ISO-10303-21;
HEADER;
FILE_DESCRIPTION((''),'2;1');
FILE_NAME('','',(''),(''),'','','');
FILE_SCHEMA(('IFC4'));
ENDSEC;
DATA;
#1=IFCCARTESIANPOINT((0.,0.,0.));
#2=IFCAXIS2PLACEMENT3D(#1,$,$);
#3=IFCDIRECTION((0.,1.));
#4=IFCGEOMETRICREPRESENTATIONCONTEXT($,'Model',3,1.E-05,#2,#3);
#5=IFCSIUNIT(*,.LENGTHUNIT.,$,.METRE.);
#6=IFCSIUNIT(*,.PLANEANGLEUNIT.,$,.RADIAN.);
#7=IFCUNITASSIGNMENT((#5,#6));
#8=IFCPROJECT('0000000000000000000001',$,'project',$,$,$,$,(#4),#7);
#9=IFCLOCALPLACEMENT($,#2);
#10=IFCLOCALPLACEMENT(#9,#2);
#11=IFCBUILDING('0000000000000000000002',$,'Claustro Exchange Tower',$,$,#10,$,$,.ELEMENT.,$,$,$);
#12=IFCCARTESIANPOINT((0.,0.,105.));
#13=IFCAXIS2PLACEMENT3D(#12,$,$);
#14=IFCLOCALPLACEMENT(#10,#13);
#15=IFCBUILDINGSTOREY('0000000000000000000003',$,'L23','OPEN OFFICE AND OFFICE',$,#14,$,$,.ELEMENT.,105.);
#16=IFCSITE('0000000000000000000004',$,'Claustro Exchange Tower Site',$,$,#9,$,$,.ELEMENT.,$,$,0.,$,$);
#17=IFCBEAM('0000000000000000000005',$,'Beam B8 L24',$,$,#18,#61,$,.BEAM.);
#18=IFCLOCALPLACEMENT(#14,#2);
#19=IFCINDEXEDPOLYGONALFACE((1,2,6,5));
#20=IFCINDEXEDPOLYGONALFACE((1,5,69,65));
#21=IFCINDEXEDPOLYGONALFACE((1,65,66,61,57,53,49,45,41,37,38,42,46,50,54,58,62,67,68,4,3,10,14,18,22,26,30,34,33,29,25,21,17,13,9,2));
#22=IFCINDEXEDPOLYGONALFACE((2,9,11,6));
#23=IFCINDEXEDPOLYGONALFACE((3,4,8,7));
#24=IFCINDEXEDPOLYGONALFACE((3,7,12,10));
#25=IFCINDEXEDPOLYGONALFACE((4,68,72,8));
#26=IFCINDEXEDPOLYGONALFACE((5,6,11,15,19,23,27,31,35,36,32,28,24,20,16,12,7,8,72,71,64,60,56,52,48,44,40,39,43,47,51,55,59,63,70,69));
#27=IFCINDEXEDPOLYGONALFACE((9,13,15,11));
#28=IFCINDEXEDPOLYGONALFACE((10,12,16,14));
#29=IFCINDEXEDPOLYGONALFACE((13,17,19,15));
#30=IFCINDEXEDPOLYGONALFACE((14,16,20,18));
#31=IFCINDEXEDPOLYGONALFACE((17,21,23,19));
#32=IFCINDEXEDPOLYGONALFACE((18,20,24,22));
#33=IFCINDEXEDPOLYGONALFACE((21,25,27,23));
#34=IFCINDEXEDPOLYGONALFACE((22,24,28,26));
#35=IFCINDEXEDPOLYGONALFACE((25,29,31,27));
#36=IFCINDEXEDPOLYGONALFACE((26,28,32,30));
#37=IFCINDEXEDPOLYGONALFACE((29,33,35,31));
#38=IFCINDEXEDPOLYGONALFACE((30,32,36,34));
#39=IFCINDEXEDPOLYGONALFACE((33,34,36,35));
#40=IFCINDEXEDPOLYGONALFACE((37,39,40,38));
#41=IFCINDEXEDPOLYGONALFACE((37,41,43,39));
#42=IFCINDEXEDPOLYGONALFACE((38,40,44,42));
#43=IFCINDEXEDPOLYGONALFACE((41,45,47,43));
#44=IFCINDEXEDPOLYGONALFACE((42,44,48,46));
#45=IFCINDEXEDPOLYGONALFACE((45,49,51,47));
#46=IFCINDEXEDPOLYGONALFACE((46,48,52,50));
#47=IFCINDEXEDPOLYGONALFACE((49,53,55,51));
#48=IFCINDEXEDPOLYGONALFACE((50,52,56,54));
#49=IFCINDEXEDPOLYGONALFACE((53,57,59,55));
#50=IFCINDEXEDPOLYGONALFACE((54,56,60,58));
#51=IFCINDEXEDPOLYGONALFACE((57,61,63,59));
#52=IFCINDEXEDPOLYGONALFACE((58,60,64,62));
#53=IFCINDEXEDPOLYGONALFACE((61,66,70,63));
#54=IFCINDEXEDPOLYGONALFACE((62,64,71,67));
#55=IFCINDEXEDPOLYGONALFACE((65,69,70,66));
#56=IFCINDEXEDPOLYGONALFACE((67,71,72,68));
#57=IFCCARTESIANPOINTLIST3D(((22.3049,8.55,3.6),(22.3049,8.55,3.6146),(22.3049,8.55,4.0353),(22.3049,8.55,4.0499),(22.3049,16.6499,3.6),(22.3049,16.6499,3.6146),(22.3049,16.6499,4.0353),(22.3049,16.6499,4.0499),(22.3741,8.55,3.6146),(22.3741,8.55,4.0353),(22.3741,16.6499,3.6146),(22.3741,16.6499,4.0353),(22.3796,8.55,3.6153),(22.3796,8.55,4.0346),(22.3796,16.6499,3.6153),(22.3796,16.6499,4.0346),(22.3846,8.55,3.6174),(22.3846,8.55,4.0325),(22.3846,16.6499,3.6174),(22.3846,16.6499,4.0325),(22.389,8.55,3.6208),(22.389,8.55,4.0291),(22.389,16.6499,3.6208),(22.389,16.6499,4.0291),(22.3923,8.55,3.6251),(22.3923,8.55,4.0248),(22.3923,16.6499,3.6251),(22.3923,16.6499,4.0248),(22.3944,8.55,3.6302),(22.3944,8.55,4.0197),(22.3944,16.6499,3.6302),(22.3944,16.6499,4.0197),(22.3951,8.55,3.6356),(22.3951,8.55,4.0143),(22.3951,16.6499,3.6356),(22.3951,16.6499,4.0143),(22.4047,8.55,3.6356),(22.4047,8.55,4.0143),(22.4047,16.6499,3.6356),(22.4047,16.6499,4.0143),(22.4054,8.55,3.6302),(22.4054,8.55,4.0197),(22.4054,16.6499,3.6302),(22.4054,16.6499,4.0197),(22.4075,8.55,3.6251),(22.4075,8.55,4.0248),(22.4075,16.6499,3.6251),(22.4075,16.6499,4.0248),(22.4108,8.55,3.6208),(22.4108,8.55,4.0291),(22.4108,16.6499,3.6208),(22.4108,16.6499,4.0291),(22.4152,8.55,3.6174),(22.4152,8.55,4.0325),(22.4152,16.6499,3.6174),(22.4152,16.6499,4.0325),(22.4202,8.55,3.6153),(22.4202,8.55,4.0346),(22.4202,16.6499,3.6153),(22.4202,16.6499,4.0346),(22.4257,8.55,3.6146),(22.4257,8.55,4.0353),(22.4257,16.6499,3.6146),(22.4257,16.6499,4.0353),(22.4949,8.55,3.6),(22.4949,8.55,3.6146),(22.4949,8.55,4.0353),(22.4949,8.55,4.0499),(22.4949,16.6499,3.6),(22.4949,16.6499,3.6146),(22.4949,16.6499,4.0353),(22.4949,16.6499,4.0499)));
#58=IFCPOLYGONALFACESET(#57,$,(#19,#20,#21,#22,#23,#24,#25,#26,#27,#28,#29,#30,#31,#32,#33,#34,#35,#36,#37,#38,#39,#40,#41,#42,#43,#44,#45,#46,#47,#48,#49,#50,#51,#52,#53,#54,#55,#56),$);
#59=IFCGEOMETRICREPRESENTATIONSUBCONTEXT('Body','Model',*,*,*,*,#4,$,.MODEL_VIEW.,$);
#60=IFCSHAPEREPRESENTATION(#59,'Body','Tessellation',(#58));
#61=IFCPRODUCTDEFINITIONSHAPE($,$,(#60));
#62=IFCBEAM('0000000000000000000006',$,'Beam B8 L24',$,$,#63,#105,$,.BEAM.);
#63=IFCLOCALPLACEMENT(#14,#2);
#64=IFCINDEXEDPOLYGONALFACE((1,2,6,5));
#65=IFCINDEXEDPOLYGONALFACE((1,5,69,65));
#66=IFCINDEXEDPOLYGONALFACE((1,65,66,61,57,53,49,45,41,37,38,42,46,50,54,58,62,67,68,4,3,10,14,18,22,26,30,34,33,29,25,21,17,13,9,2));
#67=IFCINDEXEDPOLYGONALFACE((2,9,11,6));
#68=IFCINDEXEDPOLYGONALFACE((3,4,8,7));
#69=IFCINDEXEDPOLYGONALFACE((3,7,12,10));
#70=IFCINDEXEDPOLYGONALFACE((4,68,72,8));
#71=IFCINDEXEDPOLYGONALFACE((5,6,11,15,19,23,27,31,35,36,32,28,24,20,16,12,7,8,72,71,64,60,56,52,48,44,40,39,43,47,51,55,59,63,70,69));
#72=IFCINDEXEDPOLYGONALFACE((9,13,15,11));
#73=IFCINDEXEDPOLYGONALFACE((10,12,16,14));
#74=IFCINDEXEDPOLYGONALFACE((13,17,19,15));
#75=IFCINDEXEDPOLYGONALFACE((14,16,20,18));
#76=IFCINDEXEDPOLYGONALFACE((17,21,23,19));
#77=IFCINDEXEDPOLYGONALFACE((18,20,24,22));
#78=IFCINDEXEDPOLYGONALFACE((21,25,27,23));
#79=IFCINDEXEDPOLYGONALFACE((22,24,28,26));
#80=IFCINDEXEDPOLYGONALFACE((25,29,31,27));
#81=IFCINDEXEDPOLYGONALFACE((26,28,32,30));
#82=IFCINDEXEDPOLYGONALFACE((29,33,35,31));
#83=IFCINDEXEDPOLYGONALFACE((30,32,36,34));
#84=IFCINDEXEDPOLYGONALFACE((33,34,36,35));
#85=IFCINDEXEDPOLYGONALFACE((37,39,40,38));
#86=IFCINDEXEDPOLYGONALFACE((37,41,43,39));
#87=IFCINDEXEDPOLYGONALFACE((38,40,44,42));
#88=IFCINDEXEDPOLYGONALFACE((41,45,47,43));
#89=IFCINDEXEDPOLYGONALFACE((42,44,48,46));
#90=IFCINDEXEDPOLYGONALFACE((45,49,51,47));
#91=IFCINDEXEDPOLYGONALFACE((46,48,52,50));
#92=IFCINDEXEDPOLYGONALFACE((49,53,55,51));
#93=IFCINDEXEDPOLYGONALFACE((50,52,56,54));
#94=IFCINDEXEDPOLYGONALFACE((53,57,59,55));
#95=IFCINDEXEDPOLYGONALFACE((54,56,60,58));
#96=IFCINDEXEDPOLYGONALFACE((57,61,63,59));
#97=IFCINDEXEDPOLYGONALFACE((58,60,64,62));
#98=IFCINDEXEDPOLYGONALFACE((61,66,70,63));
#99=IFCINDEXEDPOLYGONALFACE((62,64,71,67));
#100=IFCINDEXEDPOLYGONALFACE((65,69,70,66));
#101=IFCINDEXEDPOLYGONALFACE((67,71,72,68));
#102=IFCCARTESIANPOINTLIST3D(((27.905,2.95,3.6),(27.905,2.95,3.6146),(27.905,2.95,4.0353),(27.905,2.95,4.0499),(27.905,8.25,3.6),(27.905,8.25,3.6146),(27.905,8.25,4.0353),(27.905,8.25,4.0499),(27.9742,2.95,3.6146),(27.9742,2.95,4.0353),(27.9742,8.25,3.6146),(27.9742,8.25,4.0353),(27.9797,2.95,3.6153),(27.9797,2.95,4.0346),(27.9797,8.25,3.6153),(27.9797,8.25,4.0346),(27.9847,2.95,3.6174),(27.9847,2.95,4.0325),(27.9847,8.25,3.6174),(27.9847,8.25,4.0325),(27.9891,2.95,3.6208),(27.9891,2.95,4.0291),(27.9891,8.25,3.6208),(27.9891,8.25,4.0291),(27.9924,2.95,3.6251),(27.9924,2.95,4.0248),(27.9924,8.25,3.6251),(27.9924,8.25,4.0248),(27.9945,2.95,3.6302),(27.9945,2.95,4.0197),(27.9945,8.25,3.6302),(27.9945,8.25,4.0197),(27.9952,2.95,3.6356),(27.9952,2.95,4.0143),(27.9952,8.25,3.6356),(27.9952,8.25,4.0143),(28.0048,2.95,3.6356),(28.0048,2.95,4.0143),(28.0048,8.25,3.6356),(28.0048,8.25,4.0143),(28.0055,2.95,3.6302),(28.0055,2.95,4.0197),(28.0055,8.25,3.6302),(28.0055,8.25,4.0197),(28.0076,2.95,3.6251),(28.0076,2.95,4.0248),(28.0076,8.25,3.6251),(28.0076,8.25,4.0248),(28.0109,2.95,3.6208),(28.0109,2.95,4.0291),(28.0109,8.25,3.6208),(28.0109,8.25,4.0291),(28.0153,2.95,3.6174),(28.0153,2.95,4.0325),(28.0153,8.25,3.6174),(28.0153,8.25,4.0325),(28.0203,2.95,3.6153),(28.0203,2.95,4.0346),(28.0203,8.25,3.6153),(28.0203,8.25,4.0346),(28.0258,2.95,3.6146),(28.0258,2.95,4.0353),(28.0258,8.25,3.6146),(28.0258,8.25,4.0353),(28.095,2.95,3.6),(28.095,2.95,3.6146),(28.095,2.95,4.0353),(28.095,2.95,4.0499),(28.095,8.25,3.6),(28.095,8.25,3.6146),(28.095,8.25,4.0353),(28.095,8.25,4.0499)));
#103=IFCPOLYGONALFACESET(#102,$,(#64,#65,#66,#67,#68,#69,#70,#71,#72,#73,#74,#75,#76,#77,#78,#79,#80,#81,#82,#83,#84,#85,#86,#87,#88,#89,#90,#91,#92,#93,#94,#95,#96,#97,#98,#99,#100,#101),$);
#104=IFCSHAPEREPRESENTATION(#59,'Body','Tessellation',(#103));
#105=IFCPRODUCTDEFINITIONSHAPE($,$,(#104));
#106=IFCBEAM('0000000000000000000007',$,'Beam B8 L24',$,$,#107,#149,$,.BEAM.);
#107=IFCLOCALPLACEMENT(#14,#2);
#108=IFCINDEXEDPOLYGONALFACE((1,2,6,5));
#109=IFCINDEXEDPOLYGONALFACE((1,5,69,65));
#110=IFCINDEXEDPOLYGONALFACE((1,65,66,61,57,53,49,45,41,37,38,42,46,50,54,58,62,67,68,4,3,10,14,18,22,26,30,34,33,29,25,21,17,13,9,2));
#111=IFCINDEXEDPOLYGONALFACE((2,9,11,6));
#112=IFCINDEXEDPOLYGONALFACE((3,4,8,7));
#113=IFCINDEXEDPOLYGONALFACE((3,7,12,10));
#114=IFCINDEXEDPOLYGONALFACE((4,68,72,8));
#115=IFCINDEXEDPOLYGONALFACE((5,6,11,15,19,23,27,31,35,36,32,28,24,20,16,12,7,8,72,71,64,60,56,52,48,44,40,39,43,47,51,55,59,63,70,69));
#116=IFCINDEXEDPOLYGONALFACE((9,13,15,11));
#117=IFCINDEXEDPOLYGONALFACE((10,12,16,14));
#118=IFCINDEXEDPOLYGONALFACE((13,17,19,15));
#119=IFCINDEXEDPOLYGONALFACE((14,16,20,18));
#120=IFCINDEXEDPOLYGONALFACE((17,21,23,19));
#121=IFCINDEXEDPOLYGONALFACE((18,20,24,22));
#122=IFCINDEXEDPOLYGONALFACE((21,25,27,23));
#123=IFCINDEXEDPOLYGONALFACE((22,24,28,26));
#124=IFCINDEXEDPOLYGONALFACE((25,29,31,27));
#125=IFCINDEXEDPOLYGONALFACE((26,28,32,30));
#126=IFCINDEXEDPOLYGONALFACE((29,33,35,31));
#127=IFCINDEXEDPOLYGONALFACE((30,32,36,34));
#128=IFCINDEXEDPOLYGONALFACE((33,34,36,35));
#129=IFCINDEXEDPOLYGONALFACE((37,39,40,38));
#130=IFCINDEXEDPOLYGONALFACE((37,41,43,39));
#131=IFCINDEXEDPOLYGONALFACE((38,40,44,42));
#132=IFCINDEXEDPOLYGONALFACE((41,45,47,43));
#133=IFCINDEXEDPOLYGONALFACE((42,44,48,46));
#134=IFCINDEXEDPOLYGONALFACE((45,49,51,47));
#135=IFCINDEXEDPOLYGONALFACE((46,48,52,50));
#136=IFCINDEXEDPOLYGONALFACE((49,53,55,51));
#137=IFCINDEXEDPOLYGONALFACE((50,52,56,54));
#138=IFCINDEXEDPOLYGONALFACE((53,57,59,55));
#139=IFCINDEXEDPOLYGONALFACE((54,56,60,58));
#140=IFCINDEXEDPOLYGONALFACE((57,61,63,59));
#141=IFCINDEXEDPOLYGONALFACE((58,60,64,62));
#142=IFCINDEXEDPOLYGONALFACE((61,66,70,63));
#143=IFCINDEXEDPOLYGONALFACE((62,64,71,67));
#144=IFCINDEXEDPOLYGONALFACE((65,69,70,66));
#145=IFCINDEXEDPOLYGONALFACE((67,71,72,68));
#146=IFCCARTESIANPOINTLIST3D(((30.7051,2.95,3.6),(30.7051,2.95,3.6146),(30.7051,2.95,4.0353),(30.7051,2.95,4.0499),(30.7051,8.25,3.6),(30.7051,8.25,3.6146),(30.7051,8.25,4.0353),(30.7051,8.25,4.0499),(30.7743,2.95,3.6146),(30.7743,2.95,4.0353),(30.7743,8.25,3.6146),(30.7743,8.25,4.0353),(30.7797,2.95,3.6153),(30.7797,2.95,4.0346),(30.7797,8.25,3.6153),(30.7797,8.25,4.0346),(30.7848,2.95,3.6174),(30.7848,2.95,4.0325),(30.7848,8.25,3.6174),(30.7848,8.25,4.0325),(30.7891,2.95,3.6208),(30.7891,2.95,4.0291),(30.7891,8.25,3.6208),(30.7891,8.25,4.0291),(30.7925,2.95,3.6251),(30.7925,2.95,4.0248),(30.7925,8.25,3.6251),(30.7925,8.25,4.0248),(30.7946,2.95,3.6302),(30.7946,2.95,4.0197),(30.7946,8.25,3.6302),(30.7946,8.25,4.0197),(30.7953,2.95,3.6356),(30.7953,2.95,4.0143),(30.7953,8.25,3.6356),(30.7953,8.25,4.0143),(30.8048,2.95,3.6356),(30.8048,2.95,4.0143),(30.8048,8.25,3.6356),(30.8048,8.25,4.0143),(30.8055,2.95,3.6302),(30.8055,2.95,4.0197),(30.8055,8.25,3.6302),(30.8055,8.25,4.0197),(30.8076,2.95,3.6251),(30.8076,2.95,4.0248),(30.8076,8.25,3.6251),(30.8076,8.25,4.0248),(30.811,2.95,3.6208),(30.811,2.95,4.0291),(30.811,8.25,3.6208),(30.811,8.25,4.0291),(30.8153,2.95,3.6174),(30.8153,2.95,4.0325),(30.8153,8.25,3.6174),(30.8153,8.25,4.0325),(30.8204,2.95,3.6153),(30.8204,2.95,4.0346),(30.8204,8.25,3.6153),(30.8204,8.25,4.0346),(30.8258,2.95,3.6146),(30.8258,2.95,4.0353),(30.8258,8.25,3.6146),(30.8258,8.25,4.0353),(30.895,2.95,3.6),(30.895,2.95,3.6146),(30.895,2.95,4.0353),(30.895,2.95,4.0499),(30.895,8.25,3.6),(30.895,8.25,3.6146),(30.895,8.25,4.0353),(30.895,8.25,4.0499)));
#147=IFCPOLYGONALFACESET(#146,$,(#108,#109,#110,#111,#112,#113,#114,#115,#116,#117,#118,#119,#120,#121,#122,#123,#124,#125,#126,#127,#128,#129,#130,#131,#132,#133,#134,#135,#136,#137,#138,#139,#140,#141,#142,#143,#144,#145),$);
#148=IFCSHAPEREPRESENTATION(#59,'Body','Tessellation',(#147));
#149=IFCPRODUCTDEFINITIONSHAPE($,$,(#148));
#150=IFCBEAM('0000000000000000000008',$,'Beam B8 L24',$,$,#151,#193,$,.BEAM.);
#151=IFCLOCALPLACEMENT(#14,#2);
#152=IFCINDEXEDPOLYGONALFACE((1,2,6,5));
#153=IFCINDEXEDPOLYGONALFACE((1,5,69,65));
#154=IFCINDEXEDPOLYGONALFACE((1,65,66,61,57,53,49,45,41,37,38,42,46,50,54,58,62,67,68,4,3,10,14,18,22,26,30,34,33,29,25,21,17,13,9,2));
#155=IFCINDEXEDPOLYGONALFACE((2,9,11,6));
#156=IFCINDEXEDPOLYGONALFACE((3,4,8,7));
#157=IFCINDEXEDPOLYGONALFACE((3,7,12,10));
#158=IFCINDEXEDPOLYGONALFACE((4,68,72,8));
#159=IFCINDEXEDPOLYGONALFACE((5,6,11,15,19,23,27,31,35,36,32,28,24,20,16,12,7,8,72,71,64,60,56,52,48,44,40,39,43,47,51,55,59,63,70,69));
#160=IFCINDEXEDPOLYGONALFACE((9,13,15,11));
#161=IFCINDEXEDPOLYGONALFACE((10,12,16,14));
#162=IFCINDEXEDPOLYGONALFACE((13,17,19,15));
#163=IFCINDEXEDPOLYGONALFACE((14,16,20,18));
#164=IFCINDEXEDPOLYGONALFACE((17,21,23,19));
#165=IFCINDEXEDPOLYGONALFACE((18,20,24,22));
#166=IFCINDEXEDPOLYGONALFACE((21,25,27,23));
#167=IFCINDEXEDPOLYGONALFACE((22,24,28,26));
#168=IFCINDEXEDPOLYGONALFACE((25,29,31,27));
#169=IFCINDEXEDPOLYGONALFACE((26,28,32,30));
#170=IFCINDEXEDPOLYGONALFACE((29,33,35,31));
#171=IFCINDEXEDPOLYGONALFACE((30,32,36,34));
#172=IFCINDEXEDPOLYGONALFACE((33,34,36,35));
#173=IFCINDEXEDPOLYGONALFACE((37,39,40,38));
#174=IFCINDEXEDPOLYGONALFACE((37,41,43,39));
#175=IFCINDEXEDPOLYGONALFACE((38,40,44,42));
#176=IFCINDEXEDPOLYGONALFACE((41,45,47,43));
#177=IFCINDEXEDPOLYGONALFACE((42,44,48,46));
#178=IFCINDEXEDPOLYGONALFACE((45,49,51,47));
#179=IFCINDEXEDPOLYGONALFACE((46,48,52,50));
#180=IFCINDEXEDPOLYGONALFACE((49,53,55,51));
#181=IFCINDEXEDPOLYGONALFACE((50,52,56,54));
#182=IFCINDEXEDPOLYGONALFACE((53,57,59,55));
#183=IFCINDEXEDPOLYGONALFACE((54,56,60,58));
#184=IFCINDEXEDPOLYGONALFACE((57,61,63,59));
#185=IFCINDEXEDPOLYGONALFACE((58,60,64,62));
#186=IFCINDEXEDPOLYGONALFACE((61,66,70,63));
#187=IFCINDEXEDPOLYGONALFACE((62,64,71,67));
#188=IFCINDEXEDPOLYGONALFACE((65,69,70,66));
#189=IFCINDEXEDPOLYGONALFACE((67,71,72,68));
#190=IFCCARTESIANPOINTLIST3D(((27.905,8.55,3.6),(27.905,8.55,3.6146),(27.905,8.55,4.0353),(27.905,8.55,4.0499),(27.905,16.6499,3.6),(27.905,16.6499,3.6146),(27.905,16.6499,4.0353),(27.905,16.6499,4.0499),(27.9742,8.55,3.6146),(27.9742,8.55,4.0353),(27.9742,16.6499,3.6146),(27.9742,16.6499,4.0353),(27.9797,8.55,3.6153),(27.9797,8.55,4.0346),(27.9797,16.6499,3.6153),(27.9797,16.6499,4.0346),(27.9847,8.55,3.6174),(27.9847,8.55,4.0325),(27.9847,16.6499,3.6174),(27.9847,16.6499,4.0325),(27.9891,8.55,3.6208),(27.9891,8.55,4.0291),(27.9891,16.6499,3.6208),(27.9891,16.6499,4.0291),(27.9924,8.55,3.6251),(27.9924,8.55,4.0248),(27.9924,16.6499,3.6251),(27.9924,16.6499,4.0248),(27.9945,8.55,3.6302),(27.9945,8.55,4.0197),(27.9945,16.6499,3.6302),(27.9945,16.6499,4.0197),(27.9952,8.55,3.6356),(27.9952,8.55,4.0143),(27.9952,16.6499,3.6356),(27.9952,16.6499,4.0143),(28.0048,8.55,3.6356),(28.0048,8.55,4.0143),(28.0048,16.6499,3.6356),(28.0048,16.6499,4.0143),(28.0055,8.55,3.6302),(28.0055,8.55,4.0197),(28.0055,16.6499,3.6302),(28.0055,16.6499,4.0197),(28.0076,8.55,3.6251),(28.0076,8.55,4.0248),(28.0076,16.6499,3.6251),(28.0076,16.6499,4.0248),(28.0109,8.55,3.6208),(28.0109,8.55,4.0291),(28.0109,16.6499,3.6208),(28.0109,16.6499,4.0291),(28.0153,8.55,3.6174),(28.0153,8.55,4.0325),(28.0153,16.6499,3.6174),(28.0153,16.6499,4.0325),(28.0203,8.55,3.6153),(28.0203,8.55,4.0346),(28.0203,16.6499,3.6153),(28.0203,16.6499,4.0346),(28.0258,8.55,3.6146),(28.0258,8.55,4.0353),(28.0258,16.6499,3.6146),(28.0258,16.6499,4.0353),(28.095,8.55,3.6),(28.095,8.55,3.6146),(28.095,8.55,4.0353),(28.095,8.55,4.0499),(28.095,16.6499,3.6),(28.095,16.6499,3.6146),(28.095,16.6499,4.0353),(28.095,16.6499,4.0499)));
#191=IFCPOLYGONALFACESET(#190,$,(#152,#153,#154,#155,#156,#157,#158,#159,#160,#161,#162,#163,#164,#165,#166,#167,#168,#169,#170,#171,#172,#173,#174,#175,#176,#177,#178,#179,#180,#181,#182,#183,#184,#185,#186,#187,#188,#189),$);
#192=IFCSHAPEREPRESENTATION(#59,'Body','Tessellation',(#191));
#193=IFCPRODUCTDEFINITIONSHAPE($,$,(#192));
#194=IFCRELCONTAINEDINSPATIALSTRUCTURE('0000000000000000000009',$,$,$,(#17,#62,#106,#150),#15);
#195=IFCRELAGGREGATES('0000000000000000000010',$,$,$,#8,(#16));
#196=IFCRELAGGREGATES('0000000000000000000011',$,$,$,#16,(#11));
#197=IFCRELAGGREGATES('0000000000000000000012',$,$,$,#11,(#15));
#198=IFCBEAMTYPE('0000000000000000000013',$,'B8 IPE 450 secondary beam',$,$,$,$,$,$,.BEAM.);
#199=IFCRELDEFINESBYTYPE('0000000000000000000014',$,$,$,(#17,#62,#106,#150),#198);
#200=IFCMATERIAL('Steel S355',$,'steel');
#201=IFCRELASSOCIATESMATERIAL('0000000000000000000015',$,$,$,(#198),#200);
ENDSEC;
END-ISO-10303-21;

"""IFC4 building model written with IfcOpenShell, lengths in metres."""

from ifc_helpers import new_model, si_unit, direction, frame, origin, origin_2d, place, context, subcontext, project, spatial, i_section, extrude, material, material_profile, profile_set, type_object, element, save


model = new_model("IFC4")

# Units and contexts
model_context = context("Model", 3, precision=1e-05, world=origin(), true_north=direction((0.0, 1.0)))
body_context = subcontext(model_context, "Body", "Model", "MODEL_VIEW")
ifc_project = project(units=[si_unit("LENGTHUNIT", "METRE"), si_unit("PLANEANGLEUNIT", "RADIAN")], contexts=[model_context])

# Site, building, storey
site_placement = place(None, origin())
site = spatial("IfcSite", under=ifc_project, at=site_placement, Name="Claustro Exchange Tower Site", CompositionType="ELEMENT", RefElevation=0.0)
building_placement = place(site_placement, origin())
building = spatial("IfcBuilding", under=site, at=building_placement, Name="Claustro Exchange Tower", CompositionType="ELEMENT")
storey_placement = place(building_placement, frame((0.0, 0.0, 105.0)))
storey = spatial("IfcBuildingStorey", under=building, at=storey_placement, Name="L23", Description="OPEN OFFICE AND OFFICE", CompositionType="ELEMENT", Elevation=105.0)

# Beams
ifc_material_1 = material(Name="Steel S355", Category="steel")
ifc_material_profile_1 = material_profile(ifc_material_1, i_section(OverallWidth=0.1899, OverallDepth=0.45, WebThickness=0.0095, FlangeThickness=0.0146, FilletRadius=0.021, at=origin_2d()), Name="IPE 450")
ifc_profile_set_1 = profile_set([ifc_material_profile_1], Name="Steel S355")
beam_type_1 = type_object("IfcBeamType", Name="B8 IPE 450 secondary beam", PredefinedType="BEAM", material=ifc_profile_set_1)
for number, where, z_axis, x_axis, name in (
    (1, (22.3999, 8.55, 3.825), (0.0, 1.0, 0.0), (-1.0, 0.0, 0.0), "Beam B8 L24"),
):
    element("IfcBeam", number, at=place(storey_placement, frame(where, z_axis=z_axis, x_axis=x_axis)), inside=storey, type_object=beam_type_1, Name=name, PredefinedType="BEAM", context=body_context, shape_type="SweptSolid", body=[
        extrude(i_section(OverallWidth=0.1899, OverallDepth=0.45, WebThickness=0.0095, FlangeThickness=0.0146, FilletRadius=0.021, at=origin_2d()), origin(), (0.0, 0.0, 1.0), 8.0999),
    ])
for number, where, z_axis, x_axis, name in (
    (2, (28.0, 2.95, 3.825), (0.0, 1.0, 0.0), (-1.0, 0.0, 0.0), "Beam B8 L24"),
    (3, (30.8, 2.95, 3.825), (0.0, 1.0, 0.0), (-1.0, 0.0, 0.0), "Beam B8 L24"),
):
    element("IfcBeam", number, at=place(storey_placement, frame(where, z_axis=z_axis, x_axis=x_axis)), inside=storey, type_object=beam_type_1, Name=name, PredefinedType="BEAM", context=body_context, shape_type="SweptSolid", body=[
        extrude(i_section(OverallWidth=0.1899, OverallDepth=0.45, WebThickness=0.0095, FlangeThickness=0.0146, FilletRadius=0.021, at=origin_2d()), origin(), (0.0, 0.0, 1.0), 5.3),
    ])
for number, where, z_axis, x_axis, name in (
    (4, (28.0, 8.55, 3.825), (0.0, 1.0, 0.0), (-1.0, 0.0, 0.0), "Beam B8 L24"),
):
    element("IfcBeam", number, at=place(storey_placement, frame(where, z_axis=z_axis, x_axis=x_axis)), inside=storey, type_object=beam_type_1, Name=name, PredefinedType="BEAM", context=body_context, shape_type="SweptSolid", body=[
        extrude(i_section(OverallWidth=0.1899, OverallDepth=0.45, WebThickness=0.0095, FlangeThickness=0.0146, FilletRadius=0.021, at=origin_2d()), origin(), (0.0, 0.0, 1.0), 8.0999),
    ])

save(model, "model.ifc")
